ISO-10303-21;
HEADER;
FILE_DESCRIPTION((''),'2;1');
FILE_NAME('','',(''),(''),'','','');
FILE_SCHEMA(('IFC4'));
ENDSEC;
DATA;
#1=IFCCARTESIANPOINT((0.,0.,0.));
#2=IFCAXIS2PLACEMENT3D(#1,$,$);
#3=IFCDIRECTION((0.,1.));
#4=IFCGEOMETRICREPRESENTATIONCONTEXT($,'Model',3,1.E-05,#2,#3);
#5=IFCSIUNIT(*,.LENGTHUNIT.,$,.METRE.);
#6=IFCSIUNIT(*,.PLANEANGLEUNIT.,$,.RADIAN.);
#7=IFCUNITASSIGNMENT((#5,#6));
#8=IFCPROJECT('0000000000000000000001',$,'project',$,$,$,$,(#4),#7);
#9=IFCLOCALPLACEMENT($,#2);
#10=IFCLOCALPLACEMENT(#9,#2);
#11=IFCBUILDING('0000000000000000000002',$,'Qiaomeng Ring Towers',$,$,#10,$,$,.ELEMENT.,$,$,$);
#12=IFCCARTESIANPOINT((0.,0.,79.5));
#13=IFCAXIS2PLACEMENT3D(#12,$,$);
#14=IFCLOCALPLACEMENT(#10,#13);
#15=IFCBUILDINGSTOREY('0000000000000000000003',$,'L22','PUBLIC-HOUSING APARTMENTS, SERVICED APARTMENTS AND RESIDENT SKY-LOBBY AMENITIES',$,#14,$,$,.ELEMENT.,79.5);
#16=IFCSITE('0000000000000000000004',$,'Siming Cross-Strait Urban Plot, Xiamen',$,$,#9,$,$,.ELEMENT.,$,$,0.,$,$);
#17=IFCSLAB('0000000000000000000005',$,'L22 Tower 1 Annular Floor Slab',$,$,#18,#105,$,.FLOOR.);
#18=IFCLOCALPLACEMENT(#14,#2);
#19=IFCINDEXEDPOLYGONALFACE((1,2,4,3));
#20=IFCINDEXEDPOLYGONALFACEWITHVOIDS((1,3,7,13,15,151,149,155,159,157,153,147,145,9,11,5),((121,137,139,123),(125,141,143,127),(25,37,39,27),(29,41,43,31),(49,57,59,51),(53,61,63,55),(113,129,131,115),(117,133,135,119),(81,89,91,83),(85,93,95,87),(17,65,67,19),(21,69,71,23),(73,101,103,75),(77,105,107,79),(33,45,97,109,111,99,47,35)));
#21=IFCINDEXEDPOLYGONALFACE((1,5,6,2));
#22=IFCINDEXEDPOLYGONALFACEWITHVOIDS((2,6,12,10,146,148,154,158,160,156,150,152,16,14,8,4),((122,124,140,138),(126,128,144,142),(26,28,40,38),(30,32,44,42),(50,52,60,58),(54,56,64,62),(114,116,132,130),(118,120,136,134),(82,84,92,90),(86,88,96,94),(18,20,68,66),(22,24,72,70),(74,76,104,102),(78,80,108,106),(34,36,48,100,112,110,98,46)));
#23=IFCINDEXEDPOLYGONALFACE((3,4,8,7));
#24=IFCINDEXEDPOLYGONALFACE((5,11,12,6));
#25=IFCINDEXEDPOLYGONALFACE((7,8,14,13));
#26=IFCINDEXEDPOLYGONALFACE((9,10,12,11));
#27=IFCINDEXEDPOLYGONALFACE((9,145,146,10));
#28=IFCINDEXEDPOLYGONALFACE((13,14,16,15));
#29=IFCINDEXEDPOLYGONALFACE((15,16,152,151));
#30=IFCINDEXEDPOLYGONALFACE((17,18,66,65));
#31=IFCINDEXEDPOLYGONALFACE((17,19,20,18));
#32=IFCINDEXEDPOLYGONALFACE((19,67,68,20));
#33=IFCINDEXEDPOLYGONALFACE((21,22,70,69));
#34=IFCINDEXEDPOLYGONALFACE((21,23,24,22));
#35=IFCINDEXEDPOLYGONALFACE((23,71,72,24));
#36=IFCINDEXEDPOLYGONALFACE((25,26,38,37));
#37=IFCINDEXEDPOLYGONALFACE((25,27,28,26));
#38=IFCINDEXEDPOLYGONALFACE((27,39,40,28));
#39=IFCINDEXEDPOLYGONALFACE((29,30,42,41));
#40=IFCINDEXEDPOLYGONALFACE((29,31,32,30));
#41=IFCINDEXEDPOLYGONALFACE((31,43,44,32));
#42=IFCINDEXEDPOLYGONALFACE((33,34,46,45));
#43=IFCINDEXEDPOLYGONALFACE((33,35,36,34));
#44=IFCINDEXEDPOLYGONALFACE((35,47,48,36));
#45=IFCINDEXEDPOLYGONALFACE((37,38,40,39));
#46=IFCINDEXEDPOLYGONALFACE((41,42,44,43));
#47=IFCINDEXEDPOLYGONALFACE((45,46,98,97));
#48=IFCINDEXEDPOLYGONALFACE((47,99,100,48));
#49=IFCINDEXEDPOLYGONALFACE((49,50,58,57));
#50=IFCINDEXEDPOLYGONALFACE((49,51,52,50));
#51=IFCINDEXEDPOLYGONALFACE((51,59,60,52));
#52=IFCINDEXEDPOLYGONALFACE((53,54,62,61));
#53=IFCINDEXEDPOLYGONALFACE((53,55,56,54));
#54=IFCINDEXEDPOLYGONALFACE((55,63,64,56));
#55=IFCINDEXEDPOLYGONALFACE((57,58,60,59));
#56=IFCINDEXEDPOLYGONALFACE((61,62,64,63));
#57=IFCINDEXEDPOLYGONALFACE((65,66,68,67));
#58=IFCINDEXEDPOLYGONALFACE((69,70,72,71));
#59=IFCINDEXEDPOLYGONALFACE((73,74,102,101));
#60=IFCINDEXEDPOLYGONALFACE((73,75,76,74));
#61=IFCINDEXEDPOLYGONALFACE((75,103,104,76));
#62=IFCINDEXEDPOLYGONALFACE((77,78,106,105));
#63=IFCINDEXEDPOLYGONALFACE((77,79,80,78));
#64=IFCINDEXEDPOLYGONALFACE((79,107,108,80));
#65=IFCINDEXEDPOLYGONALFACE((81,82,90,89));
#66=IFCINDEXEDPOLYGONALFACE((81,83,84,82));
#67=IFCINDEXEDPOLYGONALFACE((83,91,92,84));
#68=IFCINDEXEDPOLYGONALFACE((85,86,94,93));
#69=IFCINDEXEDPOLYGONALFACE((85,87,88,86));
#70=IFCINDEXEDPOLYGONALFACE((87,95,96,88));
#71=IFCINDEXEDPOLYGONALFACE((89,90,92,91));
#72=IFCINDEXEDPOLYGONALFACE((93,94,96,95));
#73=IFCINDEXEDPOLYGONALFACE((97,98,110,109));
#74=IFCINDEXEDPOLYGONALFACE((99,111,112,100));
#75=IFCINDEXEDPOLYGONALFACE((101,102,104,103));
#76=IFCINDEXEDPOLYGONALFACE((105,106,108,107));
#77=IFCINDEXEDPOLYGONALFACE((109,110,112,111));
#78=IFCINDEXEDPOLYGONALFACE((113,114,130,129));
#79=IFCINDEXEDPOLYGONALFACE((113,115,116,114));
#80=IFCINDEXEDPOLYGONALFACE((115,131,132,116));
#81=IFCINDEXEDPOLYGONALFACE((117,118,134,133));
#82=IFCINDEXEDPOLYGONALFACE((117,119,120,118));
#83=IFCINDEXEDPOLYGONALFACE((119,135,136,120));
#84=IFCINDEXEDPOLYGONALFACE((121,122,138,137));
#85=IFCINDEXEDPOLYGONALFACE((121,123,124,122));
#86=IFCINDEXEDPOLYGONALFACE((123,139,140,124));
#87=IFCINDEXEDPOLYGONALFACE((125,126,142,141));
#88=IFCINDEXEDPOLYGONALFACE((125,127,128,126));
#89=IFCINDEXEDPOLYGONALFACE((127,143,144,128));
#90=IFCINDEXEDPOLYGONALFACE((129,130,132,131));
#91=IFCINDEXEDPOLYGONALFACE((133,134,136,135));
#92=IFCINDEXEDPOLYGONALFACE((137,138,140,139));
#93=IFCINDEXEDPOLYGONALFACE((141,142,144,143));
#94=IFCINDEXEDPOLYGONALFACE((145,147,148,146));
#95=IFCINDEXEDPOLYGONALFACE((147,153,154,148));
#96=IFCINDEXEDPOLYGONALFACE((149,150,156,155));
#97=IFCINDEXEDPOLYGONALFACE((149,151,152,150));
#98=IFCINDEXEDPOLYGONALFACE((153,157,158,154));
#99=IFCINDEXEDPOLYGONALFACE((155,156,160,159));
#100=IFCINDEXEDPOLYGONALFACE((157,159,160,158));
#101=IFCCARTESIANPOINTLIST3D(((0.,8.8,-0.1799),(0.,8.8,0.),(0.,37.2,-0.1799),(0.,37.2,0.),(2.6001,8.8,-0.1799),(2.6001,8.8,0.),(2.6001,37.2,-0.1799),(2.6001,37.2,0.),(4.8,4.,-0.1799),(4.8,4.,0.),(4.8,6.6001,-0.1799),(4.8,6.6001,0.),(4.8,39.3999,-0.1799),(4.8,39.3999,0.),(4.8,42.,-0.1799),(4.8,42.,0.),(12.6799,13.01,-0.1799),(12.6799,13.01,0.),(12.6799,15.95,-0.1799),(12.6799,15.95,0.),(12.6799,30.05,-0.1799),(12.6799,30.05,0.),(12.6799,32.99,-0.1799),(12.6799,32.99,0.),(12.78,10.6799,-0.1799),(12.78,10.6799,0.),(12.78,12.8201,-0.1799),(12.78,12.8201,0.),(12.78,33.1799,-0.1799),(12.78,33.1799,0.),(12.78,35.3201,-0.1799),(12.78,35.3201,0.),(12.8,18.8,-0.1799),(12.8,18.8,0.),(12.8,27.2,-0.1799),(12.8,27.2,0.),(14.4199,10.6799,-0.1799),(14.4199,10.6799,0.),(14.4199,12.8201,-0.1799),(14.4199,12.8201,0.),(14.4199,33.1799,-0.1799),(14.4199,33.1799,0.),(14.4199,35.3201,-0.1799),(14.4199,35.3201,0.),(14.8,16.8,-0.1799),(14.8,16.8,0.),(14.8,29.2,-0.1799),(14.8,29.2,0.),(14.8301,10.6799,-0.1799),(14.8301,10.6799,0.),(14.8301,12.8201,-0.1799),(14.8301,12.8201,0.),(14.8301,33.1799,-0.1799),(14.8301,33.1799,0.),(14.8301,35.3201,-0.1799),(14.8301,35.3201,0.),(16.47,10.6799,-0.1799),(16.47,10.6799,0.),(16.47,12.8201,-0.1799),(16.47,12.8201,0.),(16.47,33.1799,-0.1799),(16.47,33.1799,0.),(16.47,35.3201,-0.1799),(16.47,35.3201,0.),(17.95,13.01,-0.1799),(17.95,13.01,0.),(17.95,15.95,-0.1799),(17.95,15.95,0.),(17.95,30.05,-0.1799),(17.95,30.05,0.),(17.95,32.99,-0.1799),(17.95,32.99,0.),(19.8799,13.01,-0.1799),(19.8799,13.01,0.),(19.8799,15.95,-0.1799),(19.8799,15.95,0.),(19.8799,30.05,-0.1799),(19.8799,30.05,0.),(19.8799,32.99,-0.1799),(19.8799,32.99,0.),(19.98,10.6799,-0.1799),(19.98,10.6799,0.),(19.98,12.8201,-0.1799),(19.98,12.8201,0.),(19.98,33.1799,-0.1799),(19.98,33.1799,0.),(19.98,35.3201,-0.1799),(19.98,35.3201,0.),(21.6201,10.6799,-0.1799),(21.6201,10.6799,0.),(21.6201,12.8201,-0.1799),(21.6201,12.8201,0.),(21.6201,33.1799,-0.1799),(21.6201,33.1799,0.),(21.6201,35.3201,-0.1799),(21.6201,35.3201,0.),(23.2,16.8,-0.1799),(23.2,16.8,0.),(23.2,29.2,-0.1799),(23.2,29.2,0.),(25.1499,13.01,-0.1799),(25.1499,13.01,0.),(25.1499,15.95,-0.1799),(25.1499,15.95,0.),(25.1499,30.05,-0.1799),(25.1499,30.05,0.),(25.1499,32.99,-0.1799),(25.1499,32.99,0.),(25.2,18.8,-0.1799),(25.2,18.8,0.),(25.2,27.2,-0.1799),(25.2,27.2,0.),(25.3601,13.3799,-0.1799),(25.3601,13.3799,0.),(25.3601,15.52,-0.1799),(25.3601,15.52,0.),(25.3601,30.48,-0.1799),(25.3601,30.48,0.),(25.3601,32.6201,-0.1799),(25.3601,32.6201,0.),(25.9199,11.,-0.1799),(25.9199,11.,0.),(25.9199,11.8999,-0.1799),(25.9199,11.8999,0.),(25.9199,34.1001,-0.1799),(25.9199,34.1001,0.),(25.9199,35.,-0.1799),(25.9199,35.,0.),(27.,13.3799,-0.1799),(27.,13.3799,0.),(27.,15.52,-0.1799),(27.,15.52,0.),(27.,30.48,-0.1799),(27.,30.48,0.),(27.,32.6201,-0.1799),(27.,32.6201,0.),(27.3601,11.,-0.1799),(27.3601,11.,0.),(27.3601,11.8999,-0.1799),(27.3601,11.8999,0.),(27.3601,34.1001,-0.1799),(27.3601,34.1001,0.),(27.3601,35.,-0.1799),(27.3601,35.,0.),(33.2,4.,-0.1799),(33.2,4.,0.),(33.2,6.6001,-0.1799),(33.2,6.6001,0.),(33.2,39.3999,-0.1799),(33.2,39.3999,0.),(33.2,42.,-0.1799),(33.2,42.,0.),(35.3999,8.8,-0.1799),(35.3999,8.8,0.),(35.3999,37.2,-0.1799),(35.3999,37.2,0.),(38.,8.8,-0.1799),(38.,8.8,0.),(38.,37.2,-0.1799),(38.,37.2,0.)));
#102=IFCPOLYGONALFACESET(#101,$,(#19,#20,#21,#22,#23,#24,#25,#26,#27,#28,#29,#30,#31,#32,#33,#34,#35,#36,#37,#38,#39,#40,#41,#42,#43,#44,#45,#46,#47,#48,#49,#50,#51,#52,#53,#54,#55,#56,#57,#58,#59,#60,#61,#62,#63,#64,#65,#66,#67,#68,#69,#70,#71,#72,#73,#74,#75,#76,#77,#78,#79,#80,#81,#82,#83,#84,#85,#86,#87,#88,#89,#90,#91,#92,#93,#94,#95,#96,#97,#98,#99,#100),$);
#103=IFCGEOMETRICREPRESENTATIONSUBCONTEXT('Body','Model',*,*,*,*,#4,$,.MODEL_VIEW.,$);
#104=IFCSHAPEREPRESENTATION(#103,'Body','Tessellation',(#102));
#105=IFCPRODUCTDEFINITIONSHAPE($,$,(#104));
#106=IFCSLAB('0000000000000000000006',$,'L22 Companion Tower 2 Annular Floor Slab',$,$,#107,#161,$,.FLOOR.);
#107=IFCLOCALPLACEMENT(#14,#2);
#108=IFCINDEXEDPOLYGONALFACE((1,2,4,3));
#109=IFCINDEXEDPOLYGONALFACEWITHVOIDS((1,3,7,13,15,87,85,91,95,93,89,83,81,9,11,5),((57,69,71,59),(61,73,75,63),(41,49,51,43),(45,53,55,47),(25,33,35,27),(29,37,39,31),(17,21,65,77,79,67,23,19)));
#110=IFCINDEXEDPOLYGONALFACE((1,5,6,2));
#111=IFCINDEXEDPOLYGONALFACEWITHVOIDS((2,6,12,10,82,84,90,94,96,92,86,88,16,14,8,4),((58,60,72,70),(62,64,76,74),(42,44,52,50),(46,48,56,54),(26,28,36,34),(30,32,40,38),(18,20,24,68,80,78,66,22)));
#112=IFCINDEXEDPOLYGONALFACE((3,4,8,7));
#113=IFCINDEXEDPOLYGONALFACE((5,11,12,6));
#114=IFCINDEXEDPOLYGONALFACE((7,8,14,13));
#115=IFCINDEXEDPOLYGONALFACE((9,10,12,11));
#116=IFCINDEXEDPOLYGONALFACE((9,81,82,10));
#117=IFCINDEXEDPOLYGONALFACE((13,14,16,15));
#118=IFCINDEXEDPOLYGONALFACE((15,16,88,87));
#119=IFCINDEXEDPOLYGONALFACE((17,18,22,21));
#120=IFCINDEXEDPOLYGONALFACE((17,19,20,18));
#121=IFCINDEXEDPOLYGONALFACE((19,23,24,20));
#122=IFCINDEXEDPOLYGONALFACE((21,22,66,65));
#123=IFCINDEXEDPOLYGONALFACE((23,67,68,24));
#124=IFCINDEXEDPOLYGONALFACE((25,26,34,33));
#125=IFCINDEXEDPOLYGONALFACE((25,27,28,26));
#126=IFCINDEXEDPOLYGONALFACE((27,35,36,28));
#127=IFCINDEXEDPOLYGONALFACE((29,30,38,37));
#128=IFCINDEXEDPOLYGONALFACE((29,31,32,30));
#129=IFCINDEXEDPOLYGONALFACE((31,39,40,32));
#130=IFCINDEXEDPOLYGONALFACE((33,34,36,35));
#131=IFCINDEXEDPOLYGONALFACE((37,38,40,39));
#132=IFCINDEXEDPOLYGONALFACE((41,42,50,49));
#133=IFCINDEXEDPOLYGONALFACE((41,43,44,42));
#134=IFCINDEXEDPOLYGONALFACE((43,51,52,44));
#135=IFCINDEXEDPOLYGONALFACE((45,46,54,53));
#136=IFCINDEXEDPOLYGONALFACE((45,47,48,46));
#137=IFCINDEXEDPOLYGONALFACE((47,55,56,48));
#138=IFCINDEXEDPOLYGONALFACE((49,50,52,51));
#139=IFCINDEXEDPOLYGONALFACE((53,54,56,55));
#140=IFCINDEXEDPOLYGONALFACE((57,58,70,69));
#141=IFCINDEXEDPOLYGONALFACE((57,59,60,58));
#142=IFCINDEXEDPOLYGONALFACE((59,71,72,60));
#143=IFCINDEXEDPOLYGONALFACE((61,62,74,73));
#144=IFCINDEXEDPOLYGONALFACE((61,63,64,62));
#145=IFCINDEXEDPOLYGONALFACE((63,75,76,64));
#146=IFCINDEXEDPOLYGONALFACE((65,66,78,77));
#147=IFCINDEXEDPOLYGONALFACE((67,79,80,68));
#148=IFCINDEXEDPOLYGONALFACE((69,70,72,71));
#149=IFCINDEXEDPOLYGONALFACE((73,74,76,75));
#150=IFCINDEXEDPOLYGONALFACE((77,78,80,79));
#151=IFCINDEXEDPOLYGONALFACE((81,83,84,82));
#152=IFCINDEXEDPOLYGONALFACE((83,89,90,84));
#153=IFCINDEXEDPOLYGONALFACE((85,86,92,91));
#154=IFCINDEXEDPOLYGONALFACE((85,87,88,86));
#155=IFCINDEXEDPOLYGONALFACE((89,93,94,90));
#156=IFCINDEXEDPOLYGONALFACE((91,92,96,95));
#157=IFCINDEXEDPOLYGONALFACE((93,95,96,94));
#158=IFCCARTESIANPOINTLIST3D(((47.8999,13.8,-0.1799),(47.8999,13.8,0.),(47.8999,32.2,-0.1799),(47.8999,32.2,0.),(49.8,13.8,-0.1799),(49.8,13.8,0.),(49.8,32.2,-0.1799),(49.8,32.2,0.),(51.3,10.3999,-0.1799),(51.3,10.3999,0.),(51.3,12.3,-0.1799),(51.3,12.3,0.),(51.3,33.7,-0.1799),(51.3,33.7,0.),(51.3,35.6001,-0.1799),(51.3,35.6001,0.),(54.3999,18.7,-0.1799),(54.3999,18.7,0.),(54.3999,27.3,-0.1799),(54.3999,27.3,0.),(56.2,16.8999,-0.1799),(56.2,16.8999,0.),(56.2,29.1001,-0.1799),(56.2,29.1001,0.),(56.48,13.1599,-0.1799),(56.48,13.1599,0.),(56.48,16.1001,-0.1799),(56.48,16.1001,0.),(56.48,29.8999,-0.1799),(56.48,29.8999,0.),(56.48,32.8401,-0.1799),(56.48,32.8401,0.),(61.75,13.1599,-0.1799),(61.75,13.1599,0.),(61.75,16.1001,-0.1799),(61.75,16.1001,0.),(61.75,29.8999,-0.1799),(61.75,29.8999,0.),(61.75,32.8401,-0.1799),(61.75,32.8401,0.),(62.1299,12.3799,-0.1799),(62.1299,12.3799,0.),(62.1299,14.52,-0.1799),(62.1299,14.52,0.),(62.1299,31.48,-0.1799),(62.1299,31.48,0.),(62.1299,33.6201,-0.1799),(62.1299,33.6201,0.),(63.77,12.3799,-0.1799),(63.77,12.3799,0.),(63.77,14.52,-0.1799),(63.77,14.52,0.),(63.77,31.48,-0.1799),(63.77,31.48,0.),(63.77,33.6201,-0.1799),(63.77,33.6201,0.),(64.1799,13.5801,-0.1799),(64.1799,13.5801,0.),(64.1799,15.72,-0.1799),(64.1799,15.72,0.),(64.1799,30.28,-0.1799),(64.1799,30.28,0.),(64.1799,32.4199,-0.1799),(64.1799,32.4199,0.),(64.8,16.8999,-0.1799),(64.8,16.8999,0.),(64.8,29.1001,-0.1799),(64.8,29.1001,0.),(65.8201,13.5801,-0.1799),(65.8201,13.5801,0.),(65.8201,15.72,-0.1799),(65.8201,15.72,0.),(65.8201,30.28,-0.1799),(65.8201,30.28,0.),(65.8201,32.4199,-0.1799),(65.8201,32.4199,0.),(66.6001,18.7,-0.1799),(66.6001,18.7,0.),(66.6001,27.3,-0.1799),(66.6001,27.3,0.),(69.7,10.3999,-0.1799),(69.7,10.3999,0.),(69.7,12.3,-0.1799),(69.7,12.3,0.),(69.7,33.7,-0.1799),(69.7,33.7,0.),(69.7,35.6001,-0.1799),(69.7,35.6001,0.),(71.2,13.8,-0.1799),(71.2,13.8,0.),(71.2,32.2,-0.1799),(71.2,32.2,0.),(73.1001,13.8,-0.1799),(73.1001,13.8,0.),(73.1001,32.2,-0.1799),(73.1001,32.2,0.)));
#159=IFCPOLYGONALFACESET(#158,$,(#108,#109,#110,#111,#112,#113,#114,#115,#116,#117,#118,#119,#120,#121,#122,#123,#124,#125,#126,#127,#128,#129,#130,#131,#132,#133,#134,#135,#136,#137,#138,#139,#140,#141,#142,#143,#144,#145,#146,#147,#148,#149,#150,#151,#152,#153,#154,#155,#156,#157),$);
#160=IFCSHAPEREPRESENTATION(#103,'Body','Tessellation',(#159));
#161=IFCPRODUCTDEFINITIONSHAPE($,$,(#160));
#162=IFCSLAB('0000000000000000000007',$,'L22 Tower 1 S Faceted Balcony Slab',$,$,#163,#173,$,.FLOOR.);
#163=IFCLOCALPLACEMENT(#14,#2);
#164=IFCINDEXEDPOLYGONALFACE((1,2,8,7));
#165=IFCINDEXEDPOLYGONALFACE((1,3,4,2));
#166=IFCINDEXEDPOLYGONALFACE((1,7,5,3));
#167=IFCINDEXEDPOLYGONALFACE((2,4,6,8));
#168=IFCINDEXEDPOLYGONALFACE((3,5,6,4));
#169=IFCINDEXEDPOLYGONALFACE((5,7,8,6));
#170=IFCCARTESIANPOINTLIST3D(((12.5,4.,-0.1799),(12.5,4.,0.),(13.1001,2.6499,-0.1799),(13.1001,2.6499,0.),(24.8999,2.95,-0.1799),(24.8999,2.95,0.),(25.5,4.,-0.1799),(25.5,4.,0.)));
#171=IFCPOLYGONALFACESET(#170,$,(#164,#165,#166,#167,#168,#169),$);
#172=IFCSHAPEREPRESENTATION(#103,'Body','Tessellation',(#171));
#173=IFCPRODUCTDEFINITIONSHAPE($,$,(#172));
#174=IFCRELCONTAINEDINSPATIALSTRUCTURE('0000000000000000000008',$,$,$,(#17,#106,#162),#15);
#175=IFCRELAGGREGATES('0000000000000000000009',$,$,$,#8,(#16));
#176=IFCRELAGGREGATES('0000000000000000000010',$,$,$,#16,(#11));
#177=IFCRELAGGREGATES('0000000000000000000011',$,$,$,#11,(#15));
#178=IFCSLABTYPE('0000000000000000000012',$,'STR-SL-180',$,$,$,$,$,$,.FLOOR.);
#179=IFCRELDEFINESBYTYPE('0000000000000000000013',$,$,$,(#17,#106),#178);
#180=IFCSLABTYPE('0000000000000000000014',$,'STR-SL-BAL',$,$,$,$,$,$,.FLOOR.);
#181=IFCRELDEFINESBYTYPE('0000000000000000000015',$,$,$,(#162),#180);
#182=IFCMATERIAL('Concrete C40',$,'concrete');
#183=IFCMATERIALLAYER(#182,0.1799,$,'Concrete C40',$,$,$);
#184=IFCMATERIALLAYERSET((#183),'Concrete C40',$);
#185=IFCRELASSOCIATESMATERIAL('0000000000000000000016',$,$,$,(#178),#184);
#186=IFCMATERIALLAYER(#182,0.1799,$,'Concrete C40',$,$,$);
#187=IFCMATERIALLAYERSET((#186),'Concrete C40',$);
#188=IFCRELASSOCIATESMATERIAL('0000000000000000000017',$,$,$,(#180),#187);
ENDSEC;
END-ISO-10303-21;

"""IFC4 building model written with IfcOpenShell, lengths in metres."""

from ifc_helpers import new_model, si_unit, direction, frame, origin, place, context, subcontext, project, spatial, polyline, outline, extrude, material, layer, layer_set, type_object, element, save


model = new_model("IFC4")

# Units and contexts
model_context = context("Model", 3, precision=1e-05, world=origin(), true_north=direction((0.0, 1.0)))
body_context = subcontext(model_context, "Body", "Model", "MODEL_VIEW")
ifc_project = project(units=[si_unit("LENGTHUNIT", "METRE"), si_unit("PLANEANGLEUNIT", "RADIAN")], contexts=[model_context])

# Site, building, storey
site_placement = place(None, origin())
site = spatial("IfcSite", under=ifc_project, at=site_placement, Name="Siming Cross-Strait Urban Plot, Xiamen", CompositionType="ELEMENT", RefElevation=0.0)
building_placement = place(site_placement, origin())
building = spatial("IfcBuilding", under=site, at=building_placement, Name="Qiaomeng Ring Towers", CompositionType="ELEMENT")
storey_placement = place(building_placement, frame((0.0, 0.0, 79.5)))
storey = spatial("IfcBuildingStorey", under=building, at=storey_placement, Name="L22", Description="PUBLIC-HOUSING APARTMENTS, SERVICED APARTMENTS AND RESIDENT SKY-LOBBY AMENITIES", CompositionType="ELEMENT", Elevation=79.5)

# Slabs
ifc_material_1 = material(Name="Concrete C40", Category="concrete")
ifc_layer_1 = layer(ifc_material_1, 0.1799, Name="Concrete C40")
ifc_layer_set_1 = layer_set([ifc_layer_1], Name="Concrete C40")
slab_type_1 = type_object("IfcSlabType", Name="STR-SL-180", PredefinedType="FLOOR", material=ifc_layer_set_1)
slab_1_placement = place(storey_placement, frame((0.0, 0.0, -0.1799)))
element("IfcSlab", 1, at=slab_1_placement, inside=storey, type_object=slab_type_1, Name="L22 Tower 1 Annular Floor Slab", PredefinedType="FLOOR", context=body_context, shape_type="SweptSolid", body=[
    extrude(outline(polyline([(4.8, 4.0), (33.2, 4.0), (33.2, 6.6001), (35.3999, 8.8), (38.0, 8.8), (38.0, 37.2), (35.3999, 37.2), (33.2, 39.3999), (33.2, 42.0), (4.8, 42.0), (4.8, 39.3999), (2.6001, 37.2), (0.0, 37.2), (0.0, 8.8), (2.6001, 8.8), (4.8, 6.6001), (4.8, 4.0)]), holes=[polyline([(12.78, 10.6799), (12.78, 12.8201), (14.4199, 12.8201), (14.4199, 10.6799), (12.78, 10.6799)]), polyline([(14.8301, 12.8201), (16.47, 12.8201), (16.47, 10.6799), (14.8301, 10.6799), (14.8301, 12.8201)]), polyline([(12.6799, 15.95), (17.95, 15.95), (17.95, 13.01), (12.6799, 13.01), (12.6799, 15.95)]), polyline([(25.2, 27.2), (25.2, 18.8), (23.2, 16.8), (14.8, 16.8), (12.8, 18.8), (12.8, 27.2), (14.8, 29.2), (23.2, 29.2), (25.2, 27.2)]), polyline([(12.6799, 32.99), (17.95, 32.99), (17.95, 30.05), (12.6799, 30.05), (12.6799, 32.99)]), polyline([(12.78, 35.3201), (14.4199, 35.3201), (14.4199, 33.1799), (12.78, 33.1799), (12.78, 35.3201)]), polyline([(14.8301, 35.3201), (16.47, 35.3201), (16.47, 33.1799), (14.8301, 33.1799), (14.8301, 35.3201)]), polyline([(19.98, 35.3201), (21.6201, 35.3201), (21.6201, 33.1799), (19.98, 33.1799), (19.98, 35.3201)]), polyline([(25.9199, 11.8999), (27.3601, 11.8999), (27.3601, 11.0), (25.9199, 11.0), (25.9199, 11.8999)]), polyline([(19.98, 12.8201), (21.6201, 12.8201), (21.6201, 10.6799), (19.98, 10.6799), (19.98, 12.8201)]), polyline([(25.3601, 15.52), (27.0, 15.52), (27.0, 13.3799), (25.3601, 13.3799), (25.3601, 15.52)]), polyline([(19.8799, 15.95), (25.1499, 15.95), (25.1499, 13.01), (19.8799, 13.01), (19.8799, 15.95)]), polyline([(19.8799, 32.99), (25.1499, 32.99), (25.1499, 30.05), (19.8799, 30.05), (19.8799, 32.99)]), polyline([(25.3601, 32.6201), (27.0, 32.6201), (27.0, 30.48), (25.3601, 30.48), (25.3601, 32.6201)]), polyline([(25.9199, 35.0), (27.3601, 35.0), (27.3601, 34.1001), (25.9199, 34.1001), (25.9199, 35.0)])]), origin(), (0.0, 0.0, 1.0), 0.1799),
])
slab_2_placement = place(storey_placement, frame((0.0, 0.0, -0.1799)))
element("IfcSlab", 2, at=slab_2_placement, inside=storey, type_object=slab_type_1, Name="L22 Companion Tower 2 Annular Floor Slab", PredefinedType="FLOOR", context=body_context, shape_type="SweptSolid", body=[
    extrude(outline(polyline([(51.3, 10.3999), (69.7, 10.3999), (69.7, 12.3), (71.2, 13.8), (73.1001, 13.8), (73.1001, 32.2), (71.2, 32.2), (69.7, 33.7), (69.7, 35.6001), (51.3, 35.6001), (51.3, 33.7), (49.8, 32.2), (47.8999, 32.2), (47.8999, 13.8), (49.8, 13.8), (51.3, 12.3), (51.3, 10.3999)]), holes=[polyline([(62.1299, 12.3799), (62.1299, 14.52), (63.77, 14.52), (63.77, 12.3799), (62.1299, 12.3799)]), polyline([(56.48, 13.1599), (56.48, 16.1001), (61.75, 16.1001), (61.75, 13.1599), (56.48, 13.1599)]), polyline([(64.1799, 13.5801), (64.1799, 15.72), (65.8201, 15.72), (65.8201, 13.5801), (64.1799, 13.5801)]), polyline([(64.8, 29.1001), (66.6001, 27.3), (66.6001, 18.7), (64.8, 16.8999), (56.2, 16.8999), (54.3999, 18.7), (54.3999, 27.3), (56.2, 29.1001), (64.8, 29.1001)]), polyline([(64.1799, 30.28), (64.1799, 32.4199), (65.8201, 32.4199), (65.8201, 30.28), (64.1799, 30.28)]), polyline([(56.48, 32.8401), (61.75, 32.8401), (61.75, 29.8999), (56.48, 29.8999), (56.48, 32.8401)]), polyline([(62.1299, 33.6201), (63.77, 33.6201), (63.77, 31.48), (62.1299, 31.48), (62.1299, 33.6201)])]), origin(), (0.0, 0.0, 1.0), 0.1799),
])
ifc_layer_2 = layer(ifc_material_1, 0.1799, Name="Concrete C40")
ifc_layer_set_2 = layer_set([ifc_layer_2], Name="Concrete C40")
slab_type_2 = type_object("IfcSlabType", Name="STR-SL-BAL", PredefinedType="FLOOR", material=ifc_layer_set_2)
slab_3_placement = place(storey_placement, frame((0.0, 0.0, -0.1799)))
element("IfcSlab", 3, at=slab_3_placement, inside=storey, type_object=slab_type_2, Name="L22 Tower 1 S Faceted Balcony Slab", PredefinedType="FLOOR", context=body_context, shape_type="SweptSolid", body=[
    extrude(outline(polyline([(24.8999, 2.95), (13.1001, 2.6499), (12.5, 4.0), (25.5, 4.0), (24.8999, 2.95)])), origin(), (0.0, 0.0, 1.0), 0.1799),
])

save(model, "model.ifc")
